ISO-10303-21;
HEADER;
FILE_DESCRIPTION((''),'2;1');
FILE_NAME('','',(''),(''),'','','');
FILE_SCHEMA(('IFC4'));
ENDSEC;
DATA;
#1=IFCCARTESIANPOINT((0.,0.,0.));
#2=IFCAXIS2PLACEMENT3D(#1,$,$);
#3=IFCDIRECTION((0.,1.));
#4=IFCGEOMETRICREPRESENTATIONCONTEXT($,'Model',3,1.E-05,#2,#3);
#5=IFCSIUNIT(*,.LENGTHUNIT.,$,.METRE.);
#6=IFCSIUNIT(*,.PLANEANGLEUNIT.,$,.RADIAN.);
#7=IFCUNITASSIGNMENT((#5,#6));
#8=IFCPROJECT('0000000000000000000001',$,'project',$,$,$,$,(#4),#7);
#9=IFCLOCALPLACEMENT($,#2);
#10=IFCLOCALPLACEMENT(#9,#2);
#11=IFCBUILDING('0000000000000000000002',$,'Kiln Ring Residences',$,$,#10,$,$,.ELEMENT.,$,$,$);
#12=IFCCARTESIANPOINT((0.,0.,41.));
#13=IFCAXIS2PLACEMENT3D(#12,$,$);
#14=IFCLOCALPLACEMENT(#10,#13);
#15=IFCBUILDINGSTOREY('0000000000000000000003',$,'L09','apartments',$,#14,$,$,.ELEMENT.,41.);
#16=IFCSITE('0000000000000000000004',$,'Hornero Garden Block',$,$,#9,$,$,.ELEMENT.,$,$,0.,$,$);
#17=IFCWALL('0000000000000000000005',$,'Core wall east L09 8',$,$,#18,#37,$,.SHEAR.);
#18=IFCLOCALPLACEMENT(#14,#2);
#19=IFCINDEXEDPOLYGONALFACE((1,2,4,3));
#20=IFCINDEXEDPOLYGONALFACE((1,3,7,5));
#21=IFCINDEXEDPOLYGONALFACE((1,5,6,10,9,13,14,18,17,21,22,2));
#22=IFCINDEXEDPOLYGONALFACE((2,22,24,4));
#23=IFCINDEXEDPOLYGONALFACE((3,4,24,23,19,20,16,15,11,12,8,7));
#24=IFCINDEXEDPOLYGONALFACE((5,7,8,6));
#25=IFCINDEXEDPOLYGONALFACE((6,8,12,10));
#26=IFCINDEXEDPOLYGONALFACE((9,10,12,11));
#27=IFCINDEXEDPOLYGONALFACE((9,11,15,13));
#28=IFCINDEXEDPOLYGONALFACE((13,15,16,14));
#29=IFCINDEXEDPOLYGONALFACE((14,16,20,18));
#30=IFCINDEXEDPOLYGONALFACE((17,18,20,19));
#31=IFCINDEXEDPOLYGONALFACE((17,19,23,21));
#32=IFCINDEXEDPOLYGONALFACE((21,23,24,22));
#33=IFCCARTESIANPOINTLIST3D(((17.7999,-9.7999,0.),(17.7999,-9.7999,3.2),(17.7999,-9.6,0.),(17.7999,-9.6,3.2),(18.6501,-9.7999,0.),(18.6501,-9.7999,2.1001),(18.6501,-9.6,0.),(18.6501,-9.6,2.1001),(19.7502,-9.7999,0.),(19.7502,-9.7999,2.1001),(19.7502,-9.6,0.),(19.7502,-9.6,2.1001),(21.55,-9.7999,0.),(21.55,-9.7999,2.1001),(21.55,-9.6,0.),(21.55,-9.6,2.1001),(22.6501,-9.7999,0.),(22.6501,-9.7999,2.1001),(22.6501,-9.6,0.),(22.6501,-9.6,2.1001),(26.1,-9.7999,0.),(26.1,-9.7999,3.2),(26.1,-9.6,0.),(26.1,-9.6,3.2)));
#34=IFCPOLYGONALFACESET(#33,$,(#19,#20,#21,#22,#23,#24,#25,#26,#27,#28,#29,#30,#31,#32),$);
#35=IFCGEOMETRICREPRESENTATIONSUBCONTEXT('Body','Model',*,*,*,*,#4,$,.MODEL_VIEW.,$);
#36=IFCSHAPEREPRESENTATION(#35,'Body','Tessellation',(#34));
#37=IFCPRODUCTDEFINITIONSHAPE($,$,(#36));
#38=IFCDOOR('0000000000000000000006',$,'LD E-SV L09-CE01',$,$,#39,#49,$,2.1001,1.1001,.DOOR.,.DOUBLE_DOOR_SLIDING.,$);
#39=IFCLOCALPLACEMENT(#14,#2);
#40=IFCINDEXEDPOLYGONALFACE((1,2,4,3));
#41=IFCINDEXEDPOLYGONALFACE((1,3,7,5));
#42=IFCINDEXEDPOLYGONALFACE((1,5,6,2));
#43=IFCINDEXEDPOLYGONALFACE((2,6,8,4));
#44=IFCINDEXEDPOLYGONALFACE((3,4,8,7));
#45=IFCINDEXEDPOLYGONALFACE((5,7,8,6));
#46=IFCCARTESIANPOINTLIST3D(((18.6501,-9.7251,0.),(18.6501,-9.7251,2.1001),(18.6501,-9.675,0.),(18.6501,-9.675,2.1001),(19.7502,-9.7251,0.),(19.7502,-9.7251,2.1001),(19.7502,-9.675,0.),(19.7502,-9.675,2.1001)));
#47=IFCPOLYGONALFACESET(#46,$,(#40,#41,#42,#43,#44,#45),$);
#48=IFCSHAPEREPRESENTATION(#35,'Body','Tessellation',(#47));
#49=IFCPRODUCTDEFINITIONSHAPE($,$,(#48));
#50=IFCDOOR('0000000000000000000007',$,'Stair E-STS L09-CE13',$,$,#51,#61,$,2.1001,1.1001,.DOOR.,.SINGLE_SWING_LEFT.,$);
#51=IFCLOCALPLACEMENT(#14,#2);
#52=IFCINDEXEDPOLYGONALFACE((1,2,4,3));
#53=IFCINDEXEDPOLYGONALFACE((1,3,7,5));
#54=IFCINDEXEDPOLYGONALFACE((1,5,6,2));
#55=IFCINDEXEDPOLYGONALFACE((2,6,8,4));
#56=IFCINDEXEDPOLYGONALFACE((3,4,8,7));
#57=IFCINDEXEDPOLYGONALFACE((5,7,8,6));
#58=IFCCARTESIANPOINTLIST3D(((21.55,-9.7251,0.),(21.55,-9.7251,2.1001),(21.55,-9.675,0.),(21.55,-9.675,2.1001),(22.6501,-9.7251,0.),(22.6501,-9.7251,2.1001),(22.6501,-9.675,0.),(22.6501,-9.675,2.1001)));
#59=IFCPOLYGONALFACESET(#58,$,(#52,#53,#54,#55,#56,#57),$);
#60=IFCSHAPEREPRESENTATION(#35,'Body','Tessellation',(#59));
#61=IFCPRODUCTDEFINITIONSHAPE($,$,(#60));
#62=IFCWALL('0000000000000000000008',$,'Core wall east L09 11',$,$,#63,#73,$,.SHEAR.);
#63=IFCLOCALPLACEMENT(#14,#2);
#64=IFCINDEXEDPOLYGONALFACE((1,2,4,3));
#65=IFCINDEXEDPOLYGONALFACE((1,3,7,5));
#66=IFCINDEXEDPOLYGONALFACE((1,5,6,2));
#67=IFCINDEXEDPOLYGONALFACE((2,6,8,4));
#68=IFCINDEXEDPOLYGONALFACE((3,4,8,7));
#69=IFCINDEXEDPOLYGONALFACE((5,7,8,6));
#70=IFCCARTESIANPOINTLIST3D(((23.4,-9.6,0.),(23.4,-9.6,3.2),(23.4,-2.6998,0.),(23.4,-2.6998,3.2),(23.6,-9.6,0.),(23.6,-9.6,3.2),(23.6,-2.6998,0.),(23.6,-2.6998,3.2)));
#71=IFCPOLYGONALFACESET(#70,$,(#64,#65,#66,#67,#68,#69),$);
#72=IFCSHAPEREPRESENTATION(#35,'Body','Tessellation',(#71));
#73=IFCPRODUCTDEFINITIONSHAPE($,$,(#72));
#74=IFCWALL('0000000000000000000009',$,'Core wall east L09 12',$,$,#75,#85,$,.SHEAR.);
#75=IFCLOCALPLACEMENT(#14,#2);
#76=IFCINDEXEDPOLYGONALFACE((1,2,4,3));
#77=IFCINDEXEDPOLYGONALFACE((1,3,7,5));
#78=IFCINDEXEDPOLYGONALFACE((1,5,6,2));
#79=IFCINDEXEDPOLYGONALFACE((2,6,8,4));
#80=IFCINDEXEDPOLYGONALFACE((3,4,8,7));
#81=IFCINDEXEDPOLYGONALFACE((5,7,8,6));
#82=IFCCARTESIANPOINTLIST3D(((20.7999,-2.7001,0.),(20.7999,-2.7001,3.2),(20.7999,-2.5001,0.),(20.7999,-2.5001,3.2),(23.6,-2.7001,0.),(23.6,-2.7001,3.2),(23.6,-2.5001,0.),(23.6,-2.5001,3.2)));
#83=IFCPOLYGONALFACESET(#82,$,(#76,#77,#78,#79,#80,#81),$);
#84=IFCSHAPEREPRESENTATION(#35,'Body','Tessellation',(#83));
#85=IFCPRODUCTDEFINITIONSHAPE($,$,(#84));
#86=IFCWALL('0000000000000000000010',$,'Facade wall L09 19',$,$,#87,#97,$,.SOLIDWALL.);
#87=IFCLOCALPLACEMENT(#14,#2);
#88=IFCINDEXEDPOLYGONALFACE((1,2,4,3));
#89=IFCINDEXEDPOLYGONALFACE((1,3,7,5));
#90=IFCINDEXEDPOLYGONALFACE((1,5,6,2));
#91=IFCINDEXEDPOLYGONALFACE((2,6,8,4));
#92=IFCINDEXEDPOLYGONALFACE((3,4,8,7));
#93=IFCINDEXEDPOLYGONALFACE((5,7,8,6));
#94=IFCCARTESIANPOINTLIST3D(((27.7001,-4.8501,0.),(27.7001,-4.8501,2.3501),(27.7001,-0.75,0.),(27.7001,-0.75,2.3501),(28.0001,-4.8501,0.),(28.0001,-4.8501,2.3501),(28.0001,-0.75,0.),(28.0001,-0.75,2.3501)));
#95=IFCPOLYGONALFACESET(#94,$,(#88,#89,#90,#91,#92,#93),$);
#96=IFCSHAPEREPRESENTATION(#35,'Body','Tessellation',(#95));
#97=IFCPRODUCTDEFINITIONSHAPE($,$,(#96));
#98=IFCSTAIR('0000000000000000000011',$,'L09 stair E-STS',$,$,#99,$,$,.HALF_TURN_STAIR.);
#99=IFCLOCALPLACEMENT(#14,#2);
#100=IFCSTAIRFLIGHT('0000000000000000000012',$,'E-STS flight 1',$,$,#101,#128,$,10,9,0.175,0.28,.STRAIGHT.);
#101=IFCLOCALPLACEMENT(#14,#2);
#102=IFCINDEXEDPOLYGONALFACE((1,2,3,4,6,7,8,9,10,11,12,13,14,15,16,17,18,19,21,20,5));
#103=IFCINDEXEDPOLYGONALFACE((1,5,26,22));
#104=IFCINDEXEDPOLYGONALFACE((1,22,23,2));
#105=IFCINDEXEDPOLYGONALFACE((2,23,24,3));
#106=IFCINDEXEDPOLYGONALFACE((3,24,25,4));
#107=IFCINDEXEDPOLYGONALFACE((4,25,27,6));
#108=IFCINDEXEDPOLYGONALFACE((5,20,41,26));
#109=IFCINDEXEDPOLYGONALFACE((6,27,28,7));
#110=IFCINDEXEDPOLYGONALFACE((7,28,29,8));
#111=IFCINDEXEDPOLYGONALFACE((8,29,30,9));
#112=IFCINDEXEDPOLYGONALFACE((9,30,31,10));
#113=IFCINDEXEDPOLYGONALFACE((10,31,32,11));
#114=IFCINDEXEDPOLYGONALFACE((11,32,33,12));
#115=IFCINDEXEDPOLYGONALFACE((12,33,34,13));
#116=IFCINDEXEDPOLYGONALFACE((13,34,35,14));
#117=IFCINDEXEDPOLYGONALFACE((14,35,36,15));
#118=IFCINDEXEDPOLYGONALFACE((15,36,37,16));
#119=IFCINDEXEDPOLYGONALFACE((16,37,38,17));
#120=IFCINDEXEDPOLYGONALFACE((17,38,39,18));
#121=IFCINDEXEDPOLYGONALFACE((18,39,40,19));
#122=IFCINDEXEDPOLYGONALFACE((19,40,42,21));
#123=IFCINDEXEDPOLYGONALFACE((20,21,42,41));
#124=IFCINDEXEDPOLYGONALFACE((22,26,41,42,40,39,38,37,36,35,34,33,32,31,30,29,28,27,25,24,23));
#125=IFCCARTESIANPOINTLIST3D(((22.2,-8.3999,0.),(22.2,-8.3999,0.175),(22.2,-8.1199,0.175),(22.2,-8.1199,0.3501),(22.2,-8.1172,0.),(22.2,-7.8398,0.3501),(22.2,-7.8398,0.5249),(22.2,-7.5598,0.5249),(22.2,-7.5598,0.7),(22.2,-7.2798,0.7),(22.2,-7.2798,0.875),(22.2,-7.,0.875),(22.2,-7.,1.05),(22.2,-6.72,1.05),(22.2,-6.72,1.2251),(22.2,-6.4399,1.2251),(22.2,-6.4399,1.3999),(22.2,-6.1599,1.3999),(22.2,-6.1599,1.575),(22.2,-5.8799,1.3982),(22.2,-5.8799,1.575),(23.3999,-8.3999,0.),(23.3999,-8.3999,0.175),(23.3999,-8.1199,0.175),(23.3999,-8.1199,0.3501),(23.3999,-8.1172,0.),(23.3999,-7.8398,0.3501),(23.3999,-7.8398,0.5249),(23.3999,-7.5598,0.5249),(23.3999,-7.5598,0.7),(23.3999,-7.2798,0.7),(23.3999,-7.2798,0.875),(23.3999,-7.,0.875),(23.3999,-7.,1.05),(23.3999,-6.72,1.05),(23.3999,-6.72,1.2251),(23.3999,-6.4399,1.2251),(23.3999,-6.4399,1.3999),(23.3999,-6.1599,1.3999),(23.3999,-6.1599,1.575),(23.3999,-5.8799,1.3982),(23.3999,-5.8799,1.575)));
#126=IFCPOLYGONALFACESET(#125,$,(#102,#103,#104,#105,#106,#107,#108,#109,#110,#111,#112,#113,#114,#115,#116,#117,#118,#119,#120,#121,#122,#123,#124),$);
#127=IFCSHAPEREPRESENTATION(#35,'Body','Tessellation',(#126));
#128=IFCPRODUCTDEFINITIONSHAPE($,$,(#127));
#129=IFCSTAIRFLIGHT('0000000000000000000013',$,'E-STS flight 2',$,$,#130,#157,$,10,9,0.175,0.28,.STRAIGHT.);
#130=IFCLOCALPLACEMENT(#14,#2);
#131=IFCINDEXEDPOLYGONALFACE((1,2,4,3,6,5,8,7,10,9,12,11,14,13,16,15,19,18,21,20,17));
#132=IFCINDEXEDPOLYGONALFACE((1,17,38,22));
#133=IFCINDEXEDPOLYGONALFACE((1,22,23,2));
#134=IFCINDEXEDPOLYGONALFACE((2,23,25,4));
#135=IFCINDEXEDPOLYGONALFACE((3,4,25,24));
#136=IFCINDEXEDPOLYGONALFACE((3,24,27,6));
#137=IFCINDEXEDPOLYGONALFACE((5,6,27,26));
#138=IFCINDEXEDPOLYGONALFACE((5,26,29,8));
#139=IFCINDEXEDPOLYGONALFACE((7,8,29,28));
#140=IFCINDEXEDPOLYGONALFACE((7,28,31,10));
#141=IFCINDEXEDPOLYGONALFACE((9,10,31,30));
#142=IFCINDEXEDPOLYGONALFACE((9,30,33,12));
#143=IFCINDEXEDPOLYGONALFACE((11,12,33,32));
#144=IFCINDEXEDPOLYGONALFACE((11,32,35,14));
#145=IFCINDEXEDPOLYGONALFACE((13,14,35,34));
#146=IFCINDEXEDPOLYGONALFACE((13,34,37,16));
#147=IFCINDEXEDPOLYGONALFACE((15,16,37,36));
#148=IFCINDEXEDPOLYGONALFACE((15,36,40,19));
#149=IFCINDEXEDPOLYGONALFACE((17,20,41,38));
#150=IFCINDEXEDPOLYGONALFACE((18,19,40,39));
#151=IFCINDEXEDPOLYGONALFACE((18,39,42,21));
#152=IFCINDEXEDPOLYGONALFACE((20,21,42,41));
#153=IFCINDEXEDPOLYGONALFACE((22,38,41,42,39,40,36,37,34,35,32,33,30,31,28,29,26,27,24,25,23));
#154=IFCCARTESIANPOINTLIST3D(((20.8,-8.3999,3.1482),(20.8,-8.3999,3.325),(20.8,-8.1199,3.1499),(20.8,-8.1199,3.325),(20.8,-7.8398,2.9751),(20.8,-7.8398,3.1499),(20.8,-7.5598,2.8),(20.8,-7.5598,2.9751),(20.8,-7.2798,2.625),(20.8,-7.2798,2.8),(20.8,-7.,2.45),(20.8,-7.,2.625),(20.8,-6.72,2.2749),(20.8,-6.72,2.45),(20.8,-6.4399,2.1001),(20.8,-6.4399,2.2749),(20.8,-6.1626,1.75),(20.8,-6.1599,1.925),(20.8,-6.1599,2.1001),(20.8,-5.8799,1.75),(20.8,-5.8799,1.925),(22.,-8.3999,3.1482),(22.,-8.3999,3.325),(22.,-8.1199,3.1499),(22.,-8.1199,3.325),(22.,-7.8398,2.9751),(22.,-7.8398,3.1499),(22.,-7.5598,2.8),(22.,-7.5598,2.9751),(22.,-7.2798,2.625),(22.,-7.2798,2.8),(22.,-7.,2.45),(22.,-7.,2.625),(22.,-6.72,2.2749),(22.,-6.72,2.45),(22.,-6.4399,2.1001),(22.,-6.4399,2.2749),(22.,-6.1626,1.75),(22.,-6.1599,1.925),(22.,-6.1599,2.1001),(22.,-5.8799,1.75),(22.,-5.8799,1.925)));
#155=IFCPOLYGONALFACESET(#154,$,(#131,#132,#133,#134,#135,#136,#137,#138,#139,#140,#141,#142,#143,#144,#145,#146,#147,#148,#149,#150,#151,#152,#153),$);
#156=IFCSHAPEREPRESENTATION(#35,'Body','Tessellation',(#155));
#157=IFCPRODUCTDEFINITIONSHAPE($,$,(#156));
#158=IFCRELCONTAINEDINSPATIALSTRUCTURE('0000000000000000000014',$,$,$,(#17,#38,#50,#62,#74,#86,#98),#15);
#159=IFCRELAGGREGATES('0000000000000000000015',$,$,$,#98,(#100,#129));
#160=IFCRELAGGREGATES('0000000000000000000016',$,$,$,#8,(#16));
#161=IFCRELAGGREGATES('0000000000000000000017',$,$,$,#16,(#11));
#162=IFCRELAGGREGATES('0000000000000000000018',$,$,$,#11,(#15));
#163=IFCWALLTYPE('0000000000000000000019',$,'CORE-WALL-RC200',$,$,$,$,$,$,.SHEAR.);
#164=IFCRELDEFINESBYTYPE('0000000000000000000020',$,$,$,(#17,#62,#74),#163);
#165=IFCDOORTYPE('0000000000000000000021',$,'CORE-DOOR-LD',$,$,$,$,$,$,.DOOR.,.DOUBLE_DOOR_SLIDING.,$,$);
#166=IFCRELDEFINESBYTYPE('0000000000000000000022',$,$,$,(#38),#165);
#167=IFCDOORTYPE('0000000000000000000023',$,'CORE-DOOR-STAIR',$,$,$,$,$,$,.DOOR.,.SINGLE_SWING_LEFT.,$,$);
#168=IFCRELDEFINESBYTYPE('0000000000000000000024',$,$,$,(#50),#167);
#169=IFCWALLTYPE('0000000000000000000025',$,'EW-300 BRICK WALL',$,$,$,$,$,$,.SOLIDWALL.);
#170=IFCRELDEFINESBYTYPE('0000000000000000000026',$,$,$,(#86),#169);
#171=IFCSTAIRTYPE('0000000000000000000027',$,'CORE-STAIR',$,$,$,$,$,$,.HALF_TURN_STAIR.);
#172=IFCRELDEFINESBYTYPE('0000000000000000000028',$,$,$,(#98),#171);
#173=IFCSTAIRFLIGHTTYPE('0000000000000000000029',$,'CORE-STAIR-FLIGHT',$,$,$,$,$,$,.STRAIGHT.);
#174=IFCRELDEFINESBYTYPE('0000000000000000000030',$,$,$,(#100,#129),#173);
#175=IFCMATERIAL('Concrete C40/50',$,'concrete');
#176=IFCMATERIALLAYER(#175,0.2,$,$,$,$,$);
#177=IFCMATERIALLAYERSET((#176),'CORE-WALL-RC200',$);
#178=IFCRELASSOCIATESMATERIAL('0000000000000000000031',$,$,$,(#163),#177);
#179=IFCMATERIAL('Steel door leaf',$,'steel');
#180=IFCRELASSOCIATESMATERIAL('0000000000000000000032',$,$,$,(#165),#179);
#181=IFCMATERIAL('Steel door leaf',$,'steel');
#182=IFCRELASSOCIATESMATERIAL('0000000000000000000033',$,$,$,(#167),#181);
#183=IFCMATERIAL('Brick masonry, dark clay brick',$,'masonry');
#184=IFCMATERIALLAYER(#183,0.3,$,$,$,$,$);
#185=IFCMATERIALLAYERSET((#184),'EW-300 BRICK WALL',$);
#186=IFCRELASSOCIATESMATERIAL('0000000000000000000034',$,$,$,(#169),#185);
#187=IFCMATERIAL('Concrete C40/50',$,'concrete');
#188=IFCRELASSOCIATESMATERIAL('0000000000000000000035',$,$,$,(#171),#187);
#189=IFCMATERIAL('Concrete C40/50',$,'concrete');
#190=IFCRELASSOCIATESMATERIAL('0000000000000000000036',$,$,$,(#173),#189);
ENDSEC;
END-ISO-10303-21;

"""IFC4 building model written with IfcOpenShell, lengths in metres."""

from ifc_helpers import new_model, si_unit, direction, frame, frame_2d, origin, place, context, subcontext, project, spatial, polyline, rectangle, outline, extrude, material, layer, layer_set, type_object, element, fill, aggregate, save


model = new_model("IFC4")

# Units and contexts
model_context = context("Model", 3, precision=1e-05, world=origin(), true_north=direction((0.0, 1.0)))
body_context = subcontext(model_context, "Body", "Model", "MODEL_VIEW")
ifc_project = project(units=[si_unit("LENGTHUNIT", "METRE"), si_unit("PLANEANGLEUNIT", "RADIAN")], contexts=[model_context])

# Site, building, storey
site_placement = place(None, origin())
site = spatial("IfcSite", under=ifc_project, at=site_placement, Name="Hornero Garden Block", CompositionType="ELEMENT", RefElevation=0.0)
building_placement = place(site_placement, origin())
building = spatial("IfcBuilding", under=site, at=building_placement, Name="Kiln Ring Residences", CompositionType="ELEMENT")
storey_placement = place(building_placement, frame((0.0, 0.0, 41.0)))
storey = spatial("IfcBuildingStorey", under=building, at=storey_placement, Name="L09", Description="apartments", CompositionType="ELEMENT", Elevation=41.0)

# Shared definitions
ifc_material_1 = material(Name="Concrete C40/50", Category="concrete")
ifc_layer_1 = layer(ifc_material_1, 0.2)
ifc_layer_set_1 = layer_set([ifc_layer_1], Name="CORE-WALL-RC200")
wall_type_1 = type_object("IfcWallType", Name="CORE-WALL-RC200", PredefinedType="SHEAR", material=ifc_layer_set_1)

# Wall, openings, doors
wall_1_placement = place(storey_placement, frame((17.8, -9.7, 0.0), z_axis=(0.0, 0.0, 1.0), x_axis=(1.0, 0.0, 0.0)))
wall_1 = element("IfcWall", 1, at=wall_1_placement, inside=storey, type_object=wall_type_1, Name="Core wall east L09 8", PredefinedType="SHEAR", context=body_context, shape_type="SweptSolid", body=[
    extrude(rectangle(XDim=8.3, YDim=0.2, at=frame_2d((4.1499, 0.0))), origin(), (0.0, 0.0, 1.0), 3.2),
])
opening_1_placement = place(wall_1_placement, frame((0.8501, 0.0, 0.0)))
opening_1 = element("IfcOpeningElement", 2, at=opening_1_placement, cuts=wall_1, PredefinedType="OPENING", context=body_context, shape_type="SweptSolid", body=[
    extrude(rectangle(XDim=1.1001, YDim=2.1001, at=frame_2d((0.55, 1.05))), frame((0.0, 0.1099, 0.0), z_axis=(0.0, -1.0, 0.0), x_axis=(1.0, 0.0, 0.0)), (0.0, 0.0, 1.0), 0.22),
])
opening_2_placement = place(wall_1_placement, frame((3.75, 0.0, 0.0)))
opening_2 = element("IfcOpeningElement", 3, at=opening_2_placement, cuts=wall_1, PredefinedType="OPENING", context=body_context, shape_type="SweptSolid", body=[
    extrude(rectangle(XDim=1.1001, YDim=2.1001, at=frame_2d((0.55, 1.05))), frame((0.0, 0.1099, 0.0), z_axis=(0.0, -1.0, 0.0), x_axis=(1.0, 0.0, 0.0)), (0.0, 0.0, 1.0), 0.22),
])
ifc_material_2 = material(Name="Steel door leaf", Category="steel")
door_type_1 = type_object("IfcDoorType", Name="CORE-DOOR-LD", OperationType="DOUBLE_DOOR_SLIDING", PredefinedType="DOOR", material=ifc_material_2)
door_1_placement = place(opening_1_placement, origin())
door_1 = element("IfcDoor", 4, at=door_1_placement, inside=storey, type_object=door_type_1, Name="LD E-SV L09-CE01", OperationType="DOUBLE_DOOR_SLIDING", OverallHeight=2.1001, OverallWidth=1.1001, PredefinedType="DOOR", context=body_context, shape_type="SweptSolid", body=[
    extrude(rectangle(XDim=1.1001, YDim=2.1001, at=frame_2d((0.55, 1.05))), frame((0.0, 0.0249, 0.0), z_axis=(0.0, -1.0, 0.0), x_axis=(1.0, 0.0, 0.0)), (0.0, 0.0, 1.0), 0.05),
])
fill(opening_1, door_1)
ifc_material_3 = material(Name="Steel door leaf", Category="steel")
door_type_2 = type_object("IfcDoorType", Name="CORE-DOOR-STAIR", OperationType="SINGLE_SWING_LEFT", PredefinedType="DOOR", material=ifc_material_3)
door_2_placement = place(opening_2_placement, origin())
door_2 = element("IfcDoor", 5, at=door_2_placement, inside=storey, type_object=door_type_2, Name="Stair E-STS L09-CE13", OperationType="SINGLE_SWING_LEFT", OverallHeight=2.1001, OverallWidth=1.1001, PredefinedType="DOOR", context=body_context, shape_type="SweptSolid", body=[
    extrude(rectangle(XDim=1.1001, YDim=2.1001, at=frame_2d((0.55, 1.05))), frame((0.0, 0.0249, 0.0), z_axis=(0.0, -1.0, 0.0), x_axis=(1.0, 0.0, 0.0)), (0.0, 0.0, 1.0), 0.05),
])
fill(opening_2, door_2)

# Walls
wall_2_placement = place(storey_placement, frame((23.5, -9.6001, 0.0), z_axis=(0.0, 0.0, 1.0), x_axis=(0.0, 1.0, 0.0)))
element("IfcWall", 6, at=wall_2_placement, inside=storey, type_object=wall_type_1, Name="Core wall east L09 11", PredefinedType="SHEAR", context=body_context, shape_type="SweptSolid", body=[
    extrude(rectangle(XDim=6.9001, YDim=0.2, at=frame_2d((3.4502, 0.0))), origin(), (0.0, 0.0, 1.0), 3.2),
])
wall_3_placement = place(storey_placement, frame((20.8, -2.6001, 0.0), z_axis=(0.0, 0.0, 1.0), x_axis=(1.0, 0.0, 0.0)))
element("IfcWall", 7, at=wall_3_placement, inside=storey, type_object=wall_type_1, Name="Core wall east L09 12", PredefinedType="SHEAR", context=body_context, shape_type="SweptSolid", body=[
    extrude(rectangle(XDim=2.8, YDim=0.2, at=frame_2d((1.3999, 0.0))), origin(), (0.0, 0.0, 1.0), 3.2),
])
ifc_material_4 = material(Name="Brick masonry, dark clay brick", Category="masonry")
ifc_layer_2 = layer(ifc_material_4, 0.3)
ifc_layer_set_2 = layer_set([ifc_layer_2], Name="EW-300 BRICK WALL")
wall_type_2 = type_object("IfcWallType", Name="EW-300 BRICK WALL", PredefinedType="SOLIDWALL", material=ifc_layer_set_2)
wall_4_placement = place(storey_placement, frame((27.8501, -4.8501, 0.0), z_axis=(0.0, 0.0, 1.0), x_axis=(0.0, 1.0, 0.0)))
element("IfcWall", 8, at=wall_4_placement, inside=storey, type_object=wall_type_2, Name="Facade wall L09 19", PredefinedType="SOLIDWALL", context=body_context, shape_type="SweptSolid", body=[
    extrude(rectangle(XDim=4.1001, YDim=0.3, at=frame_2d((2.05, 0.0))), origin(), (0.0, 0.0, 1.0), 2.3501),
])

# Stair, stair flights
ifc_material_5 = material(Name="Concrete C40/50", Category="concrete")
stair_type = type_object("IfcStairType", Name="CORE-STAIR", PredefinedType="HALF_TURN_STAIR", material=ifc_material_5)
stair_placement = place(storey_placement, origin())
stair = element("IfcStair", 9, at=stair_placement, inside=storey, type_object=stair_type, Name="L09 stair E-STS", PredefinedType="HALF_TURN_STAIR")
ifc_material_6 = material(Name="Concrete C40/50", Category="concrete")
stair_flight_type = type_object("IfcStairFlightType", Name="CORE-STAIR-FLIGHT", PredefinedType="STRAIGHT", material=ifc_material_6)
stair_flight_1_placement = place(storey_placement, frame((22.8, -8.3999, 0.0), z_axis=(0.0, 0.0, 1.0), x_axis=(0.0, 1.0, 0.0)))
stair_flight_1 = element("IfcStairFlight", 10, at=stair_flight_1_placement, type_object=stair_flight_type, Name="E-STS flight 1", NumberOfRisers=10, NumberOfTreads=9, PredefinedType="STRAIGHT", RiserHeight=0.175, TreadLength=0.28, context=body_context, shape_type="SweptSolid", body=[
    extrude(outline(polyline([(0.0, 0.0), (0.0, 0.175), (0.28, 0.175), (0.28, 0.3501), (0.5601, 0.3501), (0.5601, 0.5249), (0.8401, 0.5249), (0.8401, 0.7), (1.1201, 0.7), (1.1201, 0.875), (1.3999, 0.875), (1.3999, 1.05), (1.6799, 1.05), (1.6799, 1.2251), (1.96, 1.2251), (1.96, 1.3999), (2.24, 1.3999), (2.24, 1.575), (2.52, 1.575), (2.52, 1.75), (2.52, 1.3982), (0.2827, 0.0), (0.0, 0.0)])), frame((0.0, 0.6001, 0.0), z_axis=(0.0, -1.0, 0.0), x_axis=(1.0, 0.0, 0.0)), (0.0, 0.0, 1.0), 1.2),
])
stair_flight_2_placement = place(storey_placement, frame((21.3999, -5.8799, 1.75), z_axis=(0.0, 0.0, 1.0), x_axis=(0.0, -1.0, 0.0)))
stair_flight_2 = element("IfcStairFlight", 11, at=stair_flight_2_placement, type_object=stair_flight_type, Name="E-STS flight 2", NumberOfRisers=10, NumberOfTreads=9, PredefinedType="STRAIGHT", RiserHeight=0.175, TreadLength=0.28, context=body_context, shape_type="SweptSolid", body=[
    extrude(outline(polyline([(0.0, 0.0), (0.0, 0.175), (0.28, 0.175), (0.28, 0.3501), (0.5601, 0.3501), (0.5601, 0.5249), (0.8401, 0.5249), (0.8401, 0.7), (1.1201, 0.7), (1.1201, 0.875), (1.3999, 0.875), (1.3999, 1.05), (1.6799, 1.05), (1.6799, 1.2251), (1.96, 1.2251), (1.96, 1.3999), (2.24, 1.3999), (2.24, 1.575), (2.52, 1.575), (2.52, 1.75), (2.52, 1.3982), (0.2827, 0.0), (0.0, 0.0)])), frame((0.0, 0.6001, 0.0), z_axis=(0.0, -1.0, 0.0), x_axis=(1.0, 0.0, 0.0)), (0.0, 0.0, 1.0), 1.2),
])
aggregate(stair, [stair_flight_1, stair_flight_2])

save(model, "model.ifc")
